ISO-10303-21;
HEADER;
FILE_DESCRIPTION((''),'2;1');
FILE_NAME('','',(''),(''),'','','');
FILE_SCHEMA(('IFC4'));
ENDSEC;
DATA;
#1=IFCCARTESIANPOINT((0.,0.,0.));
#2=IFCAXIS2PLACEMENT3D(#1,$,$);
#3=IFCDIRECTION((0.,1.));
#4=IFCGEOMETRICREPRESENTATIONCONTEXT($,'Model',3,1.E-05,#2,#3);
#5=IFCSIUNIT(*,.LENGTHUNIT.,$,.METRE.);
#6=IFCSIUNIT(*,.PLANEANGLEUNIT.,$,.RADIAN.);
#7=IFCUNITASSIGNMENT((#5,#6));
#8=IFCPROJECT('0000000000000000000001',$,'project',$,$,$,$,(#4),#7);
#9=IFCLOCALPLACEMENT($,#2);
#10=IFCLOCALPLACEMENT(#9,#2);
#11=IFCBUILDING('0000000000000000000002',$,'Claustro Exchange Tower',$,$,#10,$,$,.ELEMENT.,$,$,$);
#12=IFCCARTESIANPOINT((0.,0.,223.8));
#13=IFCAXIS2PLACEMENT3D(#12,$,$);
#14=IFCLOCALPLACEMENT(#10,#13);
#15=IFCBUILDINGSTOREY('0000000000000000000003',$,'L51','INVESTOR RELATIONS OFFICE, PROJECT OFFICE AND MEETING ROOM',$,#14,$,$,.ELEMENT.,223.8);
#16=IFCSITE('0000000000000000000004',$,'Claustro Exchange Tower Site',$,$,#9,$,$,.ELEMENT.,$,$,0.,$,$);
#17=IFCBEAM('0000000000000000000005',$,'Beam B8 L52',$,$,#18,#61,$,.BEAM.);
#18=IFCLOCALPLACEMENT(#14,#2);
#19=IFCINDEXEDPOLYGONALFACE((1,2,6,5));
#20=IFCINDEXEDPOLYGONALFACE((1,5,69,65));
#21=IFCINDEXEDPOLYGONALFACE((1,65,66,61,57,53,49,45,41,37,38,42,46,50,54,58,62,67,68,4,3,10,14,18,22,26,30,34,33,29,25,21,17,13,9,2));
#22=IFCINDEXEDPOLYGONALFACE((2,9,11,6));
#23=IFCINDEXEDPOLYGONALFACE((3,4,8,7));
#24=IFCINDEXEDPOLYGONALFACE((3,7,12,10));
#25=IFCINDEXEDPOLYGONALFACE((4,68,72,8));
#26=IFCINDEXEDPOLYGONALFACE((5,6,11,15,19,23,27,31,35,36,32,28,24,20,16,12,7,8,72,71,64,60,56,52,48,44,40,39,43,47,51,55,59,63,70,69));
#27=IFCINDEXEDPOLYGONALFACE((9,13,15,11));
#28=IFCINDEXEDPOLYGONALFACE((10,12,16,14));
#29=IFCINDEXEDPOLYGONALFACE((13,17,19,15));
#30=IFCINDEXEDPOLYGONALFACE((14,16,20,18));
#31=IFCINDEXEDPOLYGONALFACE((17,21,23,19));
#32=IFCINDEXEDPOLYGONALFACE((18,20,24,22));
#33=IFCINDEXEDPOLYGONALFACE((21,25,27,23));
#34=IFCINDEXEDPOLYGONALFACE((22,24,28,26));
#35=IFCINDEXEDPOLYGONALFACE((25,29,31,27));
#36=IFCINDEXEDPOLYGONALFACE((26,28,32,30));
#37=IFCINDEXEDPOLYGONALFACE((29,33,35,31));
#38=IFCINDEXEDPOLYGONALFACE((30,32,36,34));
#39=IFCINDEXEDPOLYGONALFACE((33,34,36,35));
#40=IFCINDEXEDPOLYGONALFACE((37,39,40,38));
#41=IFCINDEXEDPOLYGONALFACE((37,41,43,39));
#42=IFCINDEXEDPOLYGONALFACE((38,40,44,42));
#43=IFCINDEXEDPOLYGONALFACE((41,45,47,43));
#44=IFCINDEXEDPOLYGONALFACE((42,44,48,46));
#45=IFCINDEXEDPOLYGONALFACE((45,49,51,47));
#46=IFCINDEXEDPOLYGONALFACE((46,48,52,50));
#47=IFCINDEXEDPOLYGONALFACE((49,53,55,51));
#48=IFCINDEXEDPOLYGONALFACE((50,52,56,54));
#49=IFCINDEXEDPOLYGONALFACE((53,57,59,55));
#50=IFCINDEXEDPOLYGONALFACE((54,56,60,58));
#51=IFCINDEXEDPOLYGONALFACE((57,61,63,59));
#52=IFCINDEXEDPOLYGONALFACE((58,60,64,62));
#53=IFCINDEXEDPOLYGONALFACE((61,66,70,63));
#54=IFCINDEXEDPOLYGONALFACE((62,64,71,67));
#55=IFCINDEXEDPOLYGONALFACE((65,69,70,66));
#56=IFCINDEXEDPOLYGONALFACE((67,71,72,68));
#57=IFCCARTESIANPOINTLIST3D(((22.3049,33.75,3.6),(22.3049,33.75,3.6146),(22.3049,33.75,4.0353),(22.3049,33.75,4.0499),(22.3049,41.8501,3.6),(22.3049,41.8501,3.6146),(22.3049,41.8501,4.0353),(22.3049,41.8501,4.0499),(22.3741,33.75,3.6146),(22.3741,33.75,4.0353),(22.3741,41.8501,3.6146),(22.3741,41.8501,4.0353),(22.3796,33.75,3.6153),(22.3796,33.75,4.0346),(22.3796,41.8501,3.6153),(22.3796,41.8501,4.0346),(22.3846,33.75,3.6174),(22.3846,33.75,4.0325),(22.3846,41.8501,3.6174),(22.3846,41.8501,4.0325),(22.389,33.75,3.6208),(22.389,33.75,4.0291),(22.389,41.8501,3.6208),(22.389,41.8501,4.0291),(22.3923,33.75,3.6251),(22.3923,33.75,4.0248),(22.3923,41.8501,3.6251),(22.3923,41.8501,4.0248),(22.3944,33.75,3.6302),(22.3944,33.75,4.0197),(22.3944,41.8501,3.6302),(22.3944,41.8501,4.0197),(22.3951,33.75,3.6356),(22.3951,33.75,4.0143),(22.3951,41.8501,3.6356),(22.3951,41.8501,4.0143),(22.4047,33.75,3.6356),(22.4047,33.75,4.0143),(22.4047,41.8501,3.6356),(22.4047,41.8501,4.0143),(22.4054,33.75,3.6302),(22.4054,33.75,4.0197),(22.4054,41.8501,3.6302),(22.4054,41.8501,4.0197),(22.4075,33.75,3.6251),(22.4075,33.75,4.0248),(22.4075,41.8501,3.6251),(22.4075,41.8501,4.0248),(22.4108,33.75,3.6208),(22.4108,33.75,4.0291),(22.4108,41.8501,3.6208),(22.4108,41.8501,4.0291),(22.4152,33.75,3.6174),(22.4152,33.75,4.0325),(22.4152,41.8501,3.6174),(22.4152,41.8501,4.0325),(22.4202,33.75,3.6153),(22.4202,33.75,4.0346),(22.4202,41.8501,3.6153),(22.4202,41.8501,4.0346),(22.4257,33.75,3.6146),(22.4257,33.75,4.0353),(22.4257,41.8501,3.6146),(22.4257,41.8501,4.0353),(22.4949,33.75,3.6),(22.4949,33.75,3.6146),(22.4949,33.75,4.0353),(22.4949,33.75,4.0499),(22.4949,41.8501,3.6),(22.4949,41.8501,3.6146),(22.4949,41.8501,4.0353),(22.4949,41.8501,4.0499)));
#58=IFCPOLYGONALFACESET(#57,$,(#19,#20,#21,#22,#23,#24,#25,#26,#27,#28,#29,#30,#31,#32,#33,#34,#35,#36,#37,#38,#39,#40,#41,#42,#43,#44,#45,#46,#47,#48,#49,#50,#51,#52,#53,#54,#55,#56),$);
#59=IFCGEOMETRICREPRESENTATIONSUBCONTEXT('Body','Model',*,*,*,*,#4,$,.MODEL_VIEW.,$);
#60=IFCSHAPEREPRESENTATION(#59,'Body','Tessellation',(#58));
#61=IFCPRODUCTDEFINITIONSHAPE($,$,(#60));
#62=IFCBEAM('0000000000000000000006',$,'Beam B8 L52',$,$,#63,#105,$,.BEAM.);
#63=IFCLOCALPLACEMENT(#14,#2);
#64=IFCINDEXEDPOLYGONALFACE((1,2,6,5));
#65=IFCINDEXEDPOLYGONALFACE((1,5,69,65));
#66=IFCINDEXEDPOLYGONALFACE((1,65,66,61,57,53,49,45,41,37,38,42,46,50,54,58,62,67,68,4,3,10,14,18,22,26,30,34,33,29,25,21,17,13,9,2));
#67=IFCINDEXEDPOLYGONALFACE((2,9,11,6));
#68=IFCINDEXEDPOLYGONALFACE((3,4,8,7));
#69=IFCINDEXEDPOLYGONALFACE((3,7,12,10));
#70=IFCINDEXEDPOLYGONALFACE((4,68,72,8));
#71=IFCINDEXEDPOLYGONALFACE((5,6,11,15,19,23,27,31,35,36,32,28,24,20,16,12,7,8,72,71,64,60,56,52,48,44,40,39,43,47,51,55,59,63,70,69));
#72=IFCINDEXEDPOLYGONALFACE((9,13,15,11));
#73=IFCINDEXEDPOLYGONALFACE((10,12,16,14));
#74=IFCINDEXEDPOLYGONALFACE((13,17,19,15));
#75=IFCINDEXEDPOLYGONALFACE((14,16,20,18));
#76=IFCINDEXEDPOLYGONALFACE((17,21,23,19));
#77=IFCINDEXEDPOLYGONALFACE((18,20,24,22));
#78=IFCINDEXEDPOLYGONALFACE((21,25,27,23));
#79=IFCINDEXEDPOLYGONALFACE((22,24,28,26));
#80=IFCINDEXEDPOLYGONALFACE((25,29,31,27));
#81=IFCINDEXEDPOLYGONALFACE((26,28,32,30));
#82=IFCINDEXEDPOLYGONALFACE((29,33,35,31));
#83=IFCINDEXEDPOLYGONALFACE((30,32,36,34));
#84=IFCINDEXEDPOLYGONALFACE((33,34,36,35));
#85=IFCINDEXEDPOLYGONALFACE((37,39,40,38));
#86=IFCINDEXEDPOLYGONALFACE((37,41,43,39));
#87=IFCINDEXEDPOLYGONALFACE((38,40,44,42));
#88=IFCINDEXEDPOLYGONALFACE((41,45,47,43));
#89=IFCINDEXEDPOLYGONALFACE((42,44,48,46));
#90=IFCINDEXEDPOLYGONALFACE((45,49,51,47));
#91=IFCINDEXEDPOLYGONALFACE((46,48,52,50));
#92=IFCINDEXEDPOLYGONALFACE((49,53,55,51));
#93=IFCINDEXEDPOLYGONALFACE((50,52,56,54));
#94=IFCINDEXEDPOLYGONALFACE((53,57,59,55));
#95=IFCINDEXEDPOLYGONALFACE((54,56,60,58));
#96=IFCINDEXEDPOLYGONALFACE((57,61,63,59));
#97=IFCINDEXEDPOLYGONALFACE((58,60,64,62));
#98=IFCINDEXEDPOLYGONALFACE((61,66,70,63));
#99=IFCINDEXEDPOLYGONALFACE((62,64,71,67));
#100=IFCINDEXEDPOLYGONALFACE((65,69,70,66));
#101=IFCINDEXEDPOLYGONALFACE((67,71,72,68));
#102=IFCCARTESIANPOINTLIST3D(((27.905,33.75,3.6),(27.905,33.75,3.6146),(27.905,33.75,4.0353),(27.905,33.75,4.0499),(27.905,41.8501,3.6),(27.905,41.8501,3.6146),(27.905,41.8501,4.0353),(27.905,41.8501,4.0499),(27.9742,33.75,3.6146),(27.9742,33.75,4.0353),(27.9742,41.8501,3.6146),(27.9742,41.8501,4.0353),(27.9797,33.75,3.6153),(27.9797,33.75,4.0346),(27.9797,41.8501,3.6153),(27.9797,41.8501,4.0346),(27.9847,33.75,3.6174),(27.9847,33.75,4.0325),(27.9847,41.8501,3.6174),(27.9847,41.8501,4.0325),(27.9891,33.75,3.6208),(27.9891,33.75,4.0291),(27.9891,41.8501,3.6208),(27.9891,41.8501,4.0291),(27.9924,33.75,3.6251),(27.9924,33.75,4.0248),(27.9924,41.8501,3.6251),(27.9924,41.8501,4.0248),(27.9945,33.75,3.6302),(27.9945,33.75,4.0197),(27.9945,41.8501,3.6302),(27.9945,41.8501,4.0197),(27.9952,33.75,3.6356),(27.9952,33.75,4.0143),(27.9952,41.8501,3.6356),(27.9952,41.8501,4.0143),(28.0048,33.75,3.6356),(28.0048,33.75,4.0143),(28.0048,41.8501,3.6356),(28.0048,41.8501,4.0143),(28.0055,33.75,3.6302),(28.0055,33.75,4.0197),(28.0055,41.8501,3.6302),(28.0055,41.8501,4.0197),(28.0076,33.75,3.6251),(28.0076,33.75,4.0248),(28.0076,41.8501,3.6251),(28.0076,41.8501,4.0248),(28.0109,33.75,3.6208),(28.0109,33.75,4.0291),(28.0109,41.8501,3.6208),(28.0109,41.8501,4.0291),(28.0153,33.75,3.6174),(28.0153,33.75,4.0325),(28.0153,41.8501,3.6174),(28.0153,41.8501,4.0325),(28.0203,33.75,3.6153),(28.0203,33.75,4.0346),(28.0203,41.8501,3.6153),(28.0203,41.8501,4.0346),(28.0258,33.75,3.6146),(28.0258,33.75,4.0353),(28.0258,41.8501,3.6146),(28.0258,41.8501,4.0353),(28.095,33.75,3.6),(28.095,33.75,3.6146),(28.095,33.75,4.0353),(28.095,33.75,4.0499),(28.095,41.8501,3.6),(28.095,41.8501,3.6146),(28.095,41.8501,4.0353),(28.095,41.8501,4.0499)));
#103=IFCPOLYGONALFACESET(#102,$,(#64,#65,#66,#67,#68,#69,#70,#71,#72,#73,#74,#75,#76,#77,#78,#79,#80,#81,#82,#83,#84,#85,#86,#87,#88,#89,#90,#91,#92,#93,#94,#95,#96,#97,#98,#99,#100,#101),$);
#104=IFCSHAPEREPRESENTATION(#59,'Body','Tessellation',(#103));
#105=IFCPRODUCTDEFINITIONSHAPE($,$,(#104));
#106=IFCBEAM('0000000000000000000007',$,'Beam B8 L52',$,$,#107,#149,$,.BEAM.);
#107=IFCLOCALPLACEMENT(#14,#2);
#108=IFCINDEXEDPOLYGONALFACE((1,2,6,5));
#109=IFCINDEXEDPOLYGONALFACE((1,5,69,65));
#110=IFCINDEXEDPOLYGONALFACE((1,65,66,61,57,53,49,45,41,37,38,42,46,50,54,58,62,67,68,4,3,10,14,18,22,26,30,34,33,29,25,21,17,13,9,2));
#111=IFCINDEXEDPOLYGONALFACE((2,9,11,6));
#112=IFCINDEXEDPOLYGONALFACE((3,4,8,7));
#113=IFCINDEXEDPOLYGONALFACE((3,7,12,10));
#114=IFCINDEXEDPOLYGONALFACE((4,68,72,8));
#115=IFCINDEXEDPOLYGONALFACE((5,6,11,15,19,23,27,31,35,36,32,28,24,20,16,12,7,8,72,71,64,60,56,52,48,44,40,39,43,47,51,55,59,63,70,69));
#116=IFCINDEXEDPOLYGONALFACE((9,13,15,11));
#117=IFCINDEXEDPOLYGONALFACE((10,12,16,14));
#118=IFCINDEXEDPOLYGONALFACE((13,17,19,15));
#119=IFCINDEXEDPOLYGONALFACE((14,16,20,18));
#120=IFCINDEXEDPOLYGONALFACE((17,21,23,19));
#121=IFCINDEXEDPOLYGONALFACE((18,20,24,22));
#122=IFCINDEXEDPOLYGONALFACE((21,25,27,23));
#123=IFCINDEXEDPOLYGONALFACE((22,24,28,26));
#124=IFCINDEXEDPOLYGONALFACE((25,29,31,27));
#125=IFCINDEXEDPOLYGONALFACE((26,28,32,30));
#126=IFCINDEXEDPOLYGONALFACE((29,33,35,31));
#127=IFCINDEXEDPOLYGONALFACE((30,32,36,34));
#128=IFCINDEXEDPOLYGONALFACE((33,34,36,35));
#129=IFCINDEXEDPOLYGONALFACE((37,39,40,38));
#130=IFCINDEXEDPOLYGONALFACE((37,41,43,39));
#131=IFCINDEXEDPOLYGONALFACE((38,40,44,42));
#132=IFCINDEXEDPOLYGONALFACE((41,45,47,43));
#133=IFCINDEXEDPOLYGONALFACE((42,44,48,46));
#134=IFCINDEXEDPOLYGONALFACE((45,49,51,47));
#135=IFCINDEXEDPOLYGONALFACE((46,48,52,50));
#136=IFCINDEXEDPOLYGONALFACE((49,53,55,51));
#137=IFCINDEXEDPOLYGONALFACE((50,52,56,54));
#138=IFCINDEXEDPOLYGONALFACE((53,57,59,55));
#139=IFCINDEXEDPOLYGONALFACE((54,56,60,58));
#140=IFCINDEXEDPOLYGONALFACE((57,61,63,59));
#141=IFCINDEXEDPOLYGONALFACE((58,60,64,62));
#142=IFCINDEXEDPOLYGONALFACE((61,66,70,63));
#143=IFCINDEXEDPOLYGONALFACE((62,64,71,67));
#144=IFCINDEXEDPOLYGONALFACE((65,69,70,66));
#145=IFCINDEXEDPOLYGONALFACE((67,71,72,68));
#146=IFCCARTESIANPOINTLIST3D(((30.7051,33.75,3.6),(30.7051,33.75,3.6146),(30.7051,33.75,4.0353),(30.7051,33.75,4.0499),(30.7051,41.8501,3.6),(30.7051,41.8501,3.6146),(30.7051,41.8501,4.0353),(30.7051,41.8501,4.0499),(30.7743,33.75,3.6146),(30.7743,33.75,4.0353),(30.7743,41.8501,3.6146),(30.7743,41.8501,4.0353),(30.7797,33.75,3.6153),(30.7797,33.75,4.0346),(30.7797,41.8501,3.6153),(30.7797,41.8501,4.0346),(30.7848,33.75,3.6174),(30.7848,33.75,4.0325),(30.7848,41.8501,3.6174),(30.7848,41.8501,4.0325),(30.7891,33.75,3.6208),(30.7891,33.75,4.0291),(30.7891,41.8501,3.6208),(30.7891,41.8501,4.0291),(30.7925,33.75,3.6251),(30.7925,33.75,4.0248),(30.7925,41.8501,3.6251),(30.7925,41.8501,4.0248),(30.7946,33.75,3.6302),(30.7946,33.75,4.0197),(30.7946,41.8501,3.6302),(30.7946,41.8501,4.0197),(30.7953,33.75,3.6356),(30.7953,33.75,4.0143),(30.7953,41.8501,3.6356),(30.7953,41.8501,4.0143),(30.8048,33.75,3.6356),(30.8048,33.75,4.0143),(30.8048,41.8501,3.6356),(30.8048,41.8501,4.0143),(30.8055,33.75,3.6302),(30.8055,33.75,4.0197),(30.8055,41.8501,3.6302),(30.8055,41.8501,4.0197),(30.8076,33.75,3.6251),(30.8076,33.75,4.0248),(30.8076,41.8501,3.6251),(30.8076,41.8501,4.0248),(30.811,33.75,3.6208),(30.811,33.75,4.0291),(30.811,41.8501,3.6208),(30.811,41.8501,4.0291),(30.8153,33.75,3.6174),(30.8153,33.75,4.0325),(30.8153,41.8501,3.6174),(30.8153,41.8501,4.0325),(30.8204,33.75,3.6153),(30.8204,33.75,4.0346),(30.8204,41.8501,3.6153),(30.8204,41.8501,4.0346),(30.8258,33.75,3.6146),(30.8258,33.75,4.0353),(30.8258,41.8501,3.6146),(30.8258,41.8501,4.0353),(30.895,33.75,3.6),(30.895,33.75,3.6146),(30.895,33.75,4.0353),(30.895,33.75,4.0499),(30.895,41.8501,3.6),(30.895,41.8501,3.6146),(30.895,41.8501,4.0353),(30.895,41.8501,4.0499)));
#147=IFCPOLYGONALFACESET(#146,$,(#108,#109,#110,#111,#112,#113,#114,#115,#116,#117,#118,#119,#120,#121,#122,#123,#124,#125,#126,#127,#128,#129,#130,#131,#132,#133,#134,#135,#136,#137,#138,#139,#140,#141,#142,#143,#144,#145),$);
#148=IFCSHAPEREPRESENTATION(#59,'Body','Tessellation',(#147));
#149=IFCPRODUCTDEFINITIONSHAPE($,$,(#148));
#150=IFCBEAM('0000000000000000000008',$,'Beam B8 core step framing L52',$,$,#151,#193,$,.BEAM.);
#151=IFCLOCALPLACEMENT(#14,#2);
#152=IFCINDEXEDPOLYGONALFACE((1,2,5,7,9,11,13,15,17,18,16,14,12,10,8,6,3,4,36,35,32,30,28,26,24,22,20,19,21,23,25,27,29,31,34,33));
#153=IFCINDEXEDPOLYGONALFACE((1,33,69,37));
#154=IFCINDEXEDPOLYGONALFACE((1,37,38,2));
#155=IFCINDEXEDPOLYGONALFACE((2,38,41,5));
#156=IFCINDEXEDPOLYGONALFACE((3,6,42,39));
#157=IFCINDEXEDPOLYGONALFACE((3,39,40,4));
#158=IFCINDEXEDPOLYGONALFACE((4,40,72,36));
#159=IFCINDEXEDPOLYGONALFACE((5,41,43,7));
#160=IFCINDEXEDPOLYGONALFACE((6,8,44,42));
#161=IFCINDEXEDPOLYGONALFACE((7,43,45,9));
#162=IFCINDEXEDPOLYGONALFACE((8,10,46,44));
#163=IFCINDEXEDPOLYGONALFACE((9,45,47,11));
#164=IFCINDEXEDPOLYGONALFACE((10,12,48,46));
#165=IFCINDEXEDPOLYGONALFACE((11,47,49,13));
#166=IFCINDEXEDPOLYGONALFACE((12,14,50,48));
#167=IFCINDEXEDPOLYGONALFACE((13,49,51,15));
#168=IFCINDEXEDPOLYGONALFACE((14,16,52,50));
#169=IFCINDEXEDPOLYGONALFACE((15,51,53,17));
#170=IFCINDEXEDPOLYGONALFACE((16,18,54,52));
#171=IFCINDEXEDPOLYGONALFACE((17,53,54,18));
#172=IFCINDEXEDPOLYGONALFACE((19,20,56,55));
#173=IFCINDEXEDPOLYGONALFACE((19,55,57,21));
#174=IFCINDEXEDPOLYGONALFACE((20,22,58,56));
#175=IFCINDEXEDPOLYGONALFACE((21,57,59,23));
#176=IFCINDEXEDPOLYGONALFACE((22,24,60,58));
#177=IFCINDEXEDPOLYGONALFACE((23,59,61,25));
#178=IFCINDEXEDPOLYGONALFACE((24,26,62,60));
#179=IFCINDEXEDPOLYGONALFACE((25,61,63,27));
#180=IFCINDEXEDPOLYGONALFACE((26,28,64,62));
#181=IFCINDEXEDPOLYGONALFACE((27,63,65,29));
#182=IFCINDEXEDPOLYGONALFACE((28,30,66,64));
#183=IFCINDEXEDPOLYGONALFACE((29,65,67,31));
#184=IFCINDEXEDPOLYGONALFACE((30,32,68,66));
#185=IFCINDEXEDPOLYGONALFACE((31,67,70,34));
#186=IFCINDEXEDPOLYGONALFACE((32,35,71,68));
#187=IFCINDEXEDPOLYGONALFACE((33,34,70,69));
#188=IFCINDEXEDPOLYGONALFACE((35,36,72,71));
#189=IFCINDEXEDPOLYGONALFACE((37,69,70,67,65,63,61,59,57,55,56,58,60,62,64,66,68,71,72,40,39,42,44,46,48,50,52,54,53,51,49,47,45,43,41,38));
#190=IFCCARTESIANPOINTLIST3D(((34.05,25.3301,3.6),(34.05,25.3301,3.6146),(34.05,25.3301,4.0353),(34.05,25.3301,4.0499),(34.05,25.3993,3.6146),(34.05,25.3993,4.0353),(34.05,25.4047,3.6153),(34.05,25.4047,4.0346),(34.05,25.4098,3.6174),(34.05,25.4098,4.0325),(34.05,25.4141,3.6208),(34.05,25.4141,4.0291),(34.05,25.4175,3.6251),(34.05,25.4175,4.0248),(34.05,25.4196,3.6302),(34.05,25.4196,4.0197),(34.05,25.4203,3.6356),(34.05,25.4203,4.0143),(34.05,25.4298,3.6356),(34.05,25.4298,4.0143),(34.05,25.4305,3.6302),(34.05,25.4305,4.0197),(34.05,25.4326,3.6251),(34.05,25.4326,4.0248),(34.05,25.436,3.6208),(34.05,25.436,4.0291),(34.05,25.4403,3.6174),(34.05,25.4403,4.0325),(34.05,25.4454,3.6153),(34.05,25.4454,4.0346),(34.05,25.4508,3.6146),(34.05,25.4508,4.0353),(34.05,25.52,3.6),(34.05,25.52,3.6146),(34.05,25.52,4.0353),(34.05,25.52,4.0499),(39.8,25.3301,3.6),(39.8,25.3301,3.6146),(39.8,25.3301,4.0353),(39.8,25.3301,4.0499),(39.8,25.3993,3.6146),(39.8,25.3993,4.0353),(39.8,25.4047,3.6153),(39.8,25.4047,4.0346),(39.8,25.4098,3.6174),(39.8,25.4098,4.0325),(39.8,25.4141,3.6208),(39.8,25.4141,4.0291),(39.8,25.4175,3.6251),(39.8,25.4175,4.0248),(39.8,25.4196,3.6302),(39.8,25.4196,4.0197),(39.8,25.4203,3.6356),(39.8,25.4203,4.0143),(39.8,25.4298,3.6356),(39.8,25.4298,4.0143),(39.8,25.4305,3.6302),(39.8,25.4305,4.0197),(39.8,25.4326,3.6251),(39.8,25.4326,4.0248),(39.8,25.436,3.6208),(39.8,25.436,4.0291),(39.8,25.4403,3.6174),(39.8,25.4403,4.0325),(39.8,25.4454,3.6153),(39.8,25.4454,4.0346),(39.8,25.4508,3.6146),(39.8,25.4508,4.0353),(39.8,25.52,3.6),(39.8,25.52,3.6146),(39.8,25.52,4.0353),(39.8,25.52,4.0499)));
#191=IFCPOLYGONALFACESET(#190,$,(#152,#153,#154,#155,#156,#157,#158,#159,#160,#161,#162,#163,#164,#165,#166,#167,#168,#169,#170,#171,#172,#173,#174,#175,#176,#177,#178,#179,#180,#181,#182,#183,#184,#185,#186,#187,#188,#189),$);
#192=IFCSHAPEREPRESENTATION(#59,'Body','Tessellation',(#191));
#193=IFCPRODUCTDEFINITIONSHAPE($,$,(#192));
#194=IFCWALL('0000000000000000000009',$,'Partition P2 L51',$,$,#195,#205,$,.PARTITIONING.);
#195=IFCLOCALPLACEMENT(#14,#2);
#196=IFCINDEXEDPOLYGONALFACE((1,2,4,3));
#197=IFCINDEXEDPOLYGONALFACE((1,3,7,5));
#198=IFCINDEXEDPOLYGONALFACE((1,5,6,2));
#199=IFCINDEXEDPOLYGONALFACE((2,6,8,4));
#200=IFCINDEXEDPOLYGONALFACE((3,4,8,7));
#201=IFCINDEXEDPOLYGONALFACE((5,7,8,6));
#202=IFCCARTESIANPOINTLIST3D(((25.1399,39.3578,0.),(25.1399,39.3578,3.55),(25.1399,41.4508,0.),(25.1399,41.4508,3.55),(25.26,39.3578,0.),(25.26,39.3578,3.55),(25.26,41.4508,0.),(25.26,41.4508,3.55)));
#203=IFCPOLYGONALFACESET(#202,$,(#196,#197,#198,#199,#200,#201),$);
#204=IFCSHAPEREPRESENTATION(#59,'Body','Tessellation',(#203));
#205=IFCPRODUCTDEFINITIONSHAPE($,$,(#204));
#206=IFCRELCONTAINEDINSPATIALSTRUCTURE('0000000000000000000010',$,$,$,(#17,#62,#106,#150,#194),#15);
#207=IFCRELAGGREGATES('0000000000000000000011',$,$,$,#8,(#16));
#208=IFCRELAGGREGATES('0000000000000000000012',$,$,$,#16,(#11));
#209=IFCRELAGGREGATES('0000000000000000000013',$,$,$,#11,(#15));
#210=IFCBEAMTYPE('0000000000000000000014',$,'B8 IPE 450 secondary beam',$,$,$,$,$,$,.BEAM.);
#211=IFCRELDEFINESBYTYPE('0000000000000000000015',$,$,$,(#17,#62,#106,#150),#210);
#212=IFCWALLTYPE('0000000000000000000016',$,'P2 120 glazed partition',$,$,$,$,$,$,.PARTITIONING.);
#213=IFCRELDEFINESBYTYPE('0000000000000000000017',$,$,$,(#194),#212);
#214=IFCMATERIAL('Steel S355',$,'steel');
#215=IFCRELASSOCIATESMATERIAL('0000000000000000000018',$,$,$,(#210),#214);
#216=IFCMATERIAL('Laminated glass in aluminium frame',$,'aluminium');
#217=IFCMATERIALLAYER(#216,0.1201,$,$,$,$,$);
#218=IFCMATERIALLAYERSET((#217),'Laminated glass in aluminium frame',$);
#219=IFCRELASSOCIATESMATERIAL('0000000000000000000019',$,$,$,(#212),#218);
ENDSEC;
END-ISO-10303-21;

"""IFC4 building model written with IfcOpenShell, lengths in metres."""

from ifc_helpers import new_model, si_unit, direction, frame, frame_2d, origin, origin_2d, place, context, subcontext, project, spatial, rectangle, i_section, extrude, material, layer, layer_set, material_profile, profile_set, type_object, element, save


model = new_model("IFC4")

# Units and contexts
model_context = context("Model", 3, precision=1e-05, world=origin(), true_north=direction((0.0, 1.0)))
body_context = subcontext(model_context, "Body", "Model", "MODEL_VIEW")
ifc_project = project(units=[si_unit("LENGTHUNIT", "METRE"), si_unit("PLANEANGLEUNIT", "RADIAN")], contexts=[model_context])

# Site, building, storey
site_placement = place(None, origin())
site = spatial("IfcSite", under=ifc_project, at=site_placement, Name="Claustro Exchange Tower Site", CompositionType="ELEMENT", RefElevation=0.0)
building_placement = place(site_placement, origin())
building = spatial("IfcBuilding", under=site, at=building_placement, Name="Claustro Exchange Tower", CompositionType="ELEMENT")
storey_placement = place(building_placement, frame((0.0, 0.0, 223.8)))
storey = spatial("IfcBuildingStorey", under=building, at=storey_placement, Name="L51", Description="INVESTOR RELATIONS OFFICE, PROJECT OFFICE AND MEETING ROOM", CompositionType="ELEMENT", Elevation=223.8)

# Beams
ifc_material_1 = material(Name="Steel S355", Category="steel")
ifc_material_profile_1 = material_profile(ifc_material_1, i_section(OverallWidth=0.1899, OverallDepth=0.45, WebThickness=0.0095, FlangeThickness=0.0146, FilletRadius=0.021, at=origin_2d()), Name="IPE 450")
ifc_profile_set_1 = profile_set([ifc_material_profile_1], Name="Steel S355")
beam_type_1 = type_object("IfcBeamType", Name="B8 IPE 450 secondary beam", PredefinedType="BEAM", material=ifc_profile_set_1)
for number, where, z_axis, x_axis, name in (
    (1, (22.3999, 33.75, 3.825), (0.0, 1.0, 0.0), (-1.0, 0.0, 0.0), "Beam B8 L52"),
    (2, (28.0, 33.75, 3.825), (0.0, 1.0, 0.0), (-1.0, 0.0, 0.0), "Beam B8 L52"),
    (3, (30.8, 33.75, 3.825), (0.0, 1.0, 0.0), (-1.0, 0.0, 0.0), "Beam B8 L52"),
):
    element("IfcBeam", number, at=place(storey_placement, frame(where, z_axis=z_axis, x_axis=x_axis)), inside=storey, type_object=beam_type_1, Name=name, PredefinedType="BEAM", context=body_context, shape_type="SweptSolid", body=[
        extrude(i_section(OverallWidth=0.1899, OverallDepth=0.45, WebThickness=0.0095, FlangeThickness=0.0146, FilletRadius=0.021, at=origin_2d()), origin(), (0.0, 0.0, 1.0), 8.1001),
    ])
beam_1_placement = place(storey_placement, frame((34.05, 25.425, 3.825), z_axis=(1.0, 0.0, 0.0), x_axis=(0.0, 1.0, 0.0)))
element("IfcBeam", 4, at=beam_1_placement, inside=storey, type_object=beam_type_1, Name="Beam B8 core step framing L52", PredefinedType="BEAM", context=body_context, shape_type="SweptSolid", body=[
    extrude(i_section(OverallWidth=0.1899, OverallDepth=0.45, WebThickness=0.0095, FlangeThickness=0.0146, FilletRadius=0.021, at=origin_2d()), origin(), (0.0, 0.0, 1.0), 5.75),
])

# Wall
ifc_material_2 = material(Name="Laminated glass in aluminium frame", Category="aluminium")
ifc_layer_1 = layer(ifc_material_2, 0.1201)
ifc_layer_set_1 = layer_set([ifc_layer_1], Name="Laminated glass in aluminium frame")
wall_type_1 = type_object("IfcWallType", Name="P2 120 glazed partition", PredefinedType="PARTITIONING", material=ifc_layer_set_1)
wall_1_placement = place(storey_placement, frame((25.2, 39.3579, 0.0), z_axis=(0.0, 0.0, 1.0), x_axis=(0.0, 1.0, 0.0)))
element("IfcWall", 5, at=wall_1_placement, inside=storey, type_object=wall_type_1, Name="Partition P2 L51", PredefinedType="PARTITIONING", context=body_context, shape_type="SweptSolid", body=[
    extrude(rectangle(XDim=2.093, YDim=0.1201, at=frame_2d((1.0464, 0.0))), origin(), (0.0, 0.0, 1.0), 3.55),
])

save(model, "model.ifc")
